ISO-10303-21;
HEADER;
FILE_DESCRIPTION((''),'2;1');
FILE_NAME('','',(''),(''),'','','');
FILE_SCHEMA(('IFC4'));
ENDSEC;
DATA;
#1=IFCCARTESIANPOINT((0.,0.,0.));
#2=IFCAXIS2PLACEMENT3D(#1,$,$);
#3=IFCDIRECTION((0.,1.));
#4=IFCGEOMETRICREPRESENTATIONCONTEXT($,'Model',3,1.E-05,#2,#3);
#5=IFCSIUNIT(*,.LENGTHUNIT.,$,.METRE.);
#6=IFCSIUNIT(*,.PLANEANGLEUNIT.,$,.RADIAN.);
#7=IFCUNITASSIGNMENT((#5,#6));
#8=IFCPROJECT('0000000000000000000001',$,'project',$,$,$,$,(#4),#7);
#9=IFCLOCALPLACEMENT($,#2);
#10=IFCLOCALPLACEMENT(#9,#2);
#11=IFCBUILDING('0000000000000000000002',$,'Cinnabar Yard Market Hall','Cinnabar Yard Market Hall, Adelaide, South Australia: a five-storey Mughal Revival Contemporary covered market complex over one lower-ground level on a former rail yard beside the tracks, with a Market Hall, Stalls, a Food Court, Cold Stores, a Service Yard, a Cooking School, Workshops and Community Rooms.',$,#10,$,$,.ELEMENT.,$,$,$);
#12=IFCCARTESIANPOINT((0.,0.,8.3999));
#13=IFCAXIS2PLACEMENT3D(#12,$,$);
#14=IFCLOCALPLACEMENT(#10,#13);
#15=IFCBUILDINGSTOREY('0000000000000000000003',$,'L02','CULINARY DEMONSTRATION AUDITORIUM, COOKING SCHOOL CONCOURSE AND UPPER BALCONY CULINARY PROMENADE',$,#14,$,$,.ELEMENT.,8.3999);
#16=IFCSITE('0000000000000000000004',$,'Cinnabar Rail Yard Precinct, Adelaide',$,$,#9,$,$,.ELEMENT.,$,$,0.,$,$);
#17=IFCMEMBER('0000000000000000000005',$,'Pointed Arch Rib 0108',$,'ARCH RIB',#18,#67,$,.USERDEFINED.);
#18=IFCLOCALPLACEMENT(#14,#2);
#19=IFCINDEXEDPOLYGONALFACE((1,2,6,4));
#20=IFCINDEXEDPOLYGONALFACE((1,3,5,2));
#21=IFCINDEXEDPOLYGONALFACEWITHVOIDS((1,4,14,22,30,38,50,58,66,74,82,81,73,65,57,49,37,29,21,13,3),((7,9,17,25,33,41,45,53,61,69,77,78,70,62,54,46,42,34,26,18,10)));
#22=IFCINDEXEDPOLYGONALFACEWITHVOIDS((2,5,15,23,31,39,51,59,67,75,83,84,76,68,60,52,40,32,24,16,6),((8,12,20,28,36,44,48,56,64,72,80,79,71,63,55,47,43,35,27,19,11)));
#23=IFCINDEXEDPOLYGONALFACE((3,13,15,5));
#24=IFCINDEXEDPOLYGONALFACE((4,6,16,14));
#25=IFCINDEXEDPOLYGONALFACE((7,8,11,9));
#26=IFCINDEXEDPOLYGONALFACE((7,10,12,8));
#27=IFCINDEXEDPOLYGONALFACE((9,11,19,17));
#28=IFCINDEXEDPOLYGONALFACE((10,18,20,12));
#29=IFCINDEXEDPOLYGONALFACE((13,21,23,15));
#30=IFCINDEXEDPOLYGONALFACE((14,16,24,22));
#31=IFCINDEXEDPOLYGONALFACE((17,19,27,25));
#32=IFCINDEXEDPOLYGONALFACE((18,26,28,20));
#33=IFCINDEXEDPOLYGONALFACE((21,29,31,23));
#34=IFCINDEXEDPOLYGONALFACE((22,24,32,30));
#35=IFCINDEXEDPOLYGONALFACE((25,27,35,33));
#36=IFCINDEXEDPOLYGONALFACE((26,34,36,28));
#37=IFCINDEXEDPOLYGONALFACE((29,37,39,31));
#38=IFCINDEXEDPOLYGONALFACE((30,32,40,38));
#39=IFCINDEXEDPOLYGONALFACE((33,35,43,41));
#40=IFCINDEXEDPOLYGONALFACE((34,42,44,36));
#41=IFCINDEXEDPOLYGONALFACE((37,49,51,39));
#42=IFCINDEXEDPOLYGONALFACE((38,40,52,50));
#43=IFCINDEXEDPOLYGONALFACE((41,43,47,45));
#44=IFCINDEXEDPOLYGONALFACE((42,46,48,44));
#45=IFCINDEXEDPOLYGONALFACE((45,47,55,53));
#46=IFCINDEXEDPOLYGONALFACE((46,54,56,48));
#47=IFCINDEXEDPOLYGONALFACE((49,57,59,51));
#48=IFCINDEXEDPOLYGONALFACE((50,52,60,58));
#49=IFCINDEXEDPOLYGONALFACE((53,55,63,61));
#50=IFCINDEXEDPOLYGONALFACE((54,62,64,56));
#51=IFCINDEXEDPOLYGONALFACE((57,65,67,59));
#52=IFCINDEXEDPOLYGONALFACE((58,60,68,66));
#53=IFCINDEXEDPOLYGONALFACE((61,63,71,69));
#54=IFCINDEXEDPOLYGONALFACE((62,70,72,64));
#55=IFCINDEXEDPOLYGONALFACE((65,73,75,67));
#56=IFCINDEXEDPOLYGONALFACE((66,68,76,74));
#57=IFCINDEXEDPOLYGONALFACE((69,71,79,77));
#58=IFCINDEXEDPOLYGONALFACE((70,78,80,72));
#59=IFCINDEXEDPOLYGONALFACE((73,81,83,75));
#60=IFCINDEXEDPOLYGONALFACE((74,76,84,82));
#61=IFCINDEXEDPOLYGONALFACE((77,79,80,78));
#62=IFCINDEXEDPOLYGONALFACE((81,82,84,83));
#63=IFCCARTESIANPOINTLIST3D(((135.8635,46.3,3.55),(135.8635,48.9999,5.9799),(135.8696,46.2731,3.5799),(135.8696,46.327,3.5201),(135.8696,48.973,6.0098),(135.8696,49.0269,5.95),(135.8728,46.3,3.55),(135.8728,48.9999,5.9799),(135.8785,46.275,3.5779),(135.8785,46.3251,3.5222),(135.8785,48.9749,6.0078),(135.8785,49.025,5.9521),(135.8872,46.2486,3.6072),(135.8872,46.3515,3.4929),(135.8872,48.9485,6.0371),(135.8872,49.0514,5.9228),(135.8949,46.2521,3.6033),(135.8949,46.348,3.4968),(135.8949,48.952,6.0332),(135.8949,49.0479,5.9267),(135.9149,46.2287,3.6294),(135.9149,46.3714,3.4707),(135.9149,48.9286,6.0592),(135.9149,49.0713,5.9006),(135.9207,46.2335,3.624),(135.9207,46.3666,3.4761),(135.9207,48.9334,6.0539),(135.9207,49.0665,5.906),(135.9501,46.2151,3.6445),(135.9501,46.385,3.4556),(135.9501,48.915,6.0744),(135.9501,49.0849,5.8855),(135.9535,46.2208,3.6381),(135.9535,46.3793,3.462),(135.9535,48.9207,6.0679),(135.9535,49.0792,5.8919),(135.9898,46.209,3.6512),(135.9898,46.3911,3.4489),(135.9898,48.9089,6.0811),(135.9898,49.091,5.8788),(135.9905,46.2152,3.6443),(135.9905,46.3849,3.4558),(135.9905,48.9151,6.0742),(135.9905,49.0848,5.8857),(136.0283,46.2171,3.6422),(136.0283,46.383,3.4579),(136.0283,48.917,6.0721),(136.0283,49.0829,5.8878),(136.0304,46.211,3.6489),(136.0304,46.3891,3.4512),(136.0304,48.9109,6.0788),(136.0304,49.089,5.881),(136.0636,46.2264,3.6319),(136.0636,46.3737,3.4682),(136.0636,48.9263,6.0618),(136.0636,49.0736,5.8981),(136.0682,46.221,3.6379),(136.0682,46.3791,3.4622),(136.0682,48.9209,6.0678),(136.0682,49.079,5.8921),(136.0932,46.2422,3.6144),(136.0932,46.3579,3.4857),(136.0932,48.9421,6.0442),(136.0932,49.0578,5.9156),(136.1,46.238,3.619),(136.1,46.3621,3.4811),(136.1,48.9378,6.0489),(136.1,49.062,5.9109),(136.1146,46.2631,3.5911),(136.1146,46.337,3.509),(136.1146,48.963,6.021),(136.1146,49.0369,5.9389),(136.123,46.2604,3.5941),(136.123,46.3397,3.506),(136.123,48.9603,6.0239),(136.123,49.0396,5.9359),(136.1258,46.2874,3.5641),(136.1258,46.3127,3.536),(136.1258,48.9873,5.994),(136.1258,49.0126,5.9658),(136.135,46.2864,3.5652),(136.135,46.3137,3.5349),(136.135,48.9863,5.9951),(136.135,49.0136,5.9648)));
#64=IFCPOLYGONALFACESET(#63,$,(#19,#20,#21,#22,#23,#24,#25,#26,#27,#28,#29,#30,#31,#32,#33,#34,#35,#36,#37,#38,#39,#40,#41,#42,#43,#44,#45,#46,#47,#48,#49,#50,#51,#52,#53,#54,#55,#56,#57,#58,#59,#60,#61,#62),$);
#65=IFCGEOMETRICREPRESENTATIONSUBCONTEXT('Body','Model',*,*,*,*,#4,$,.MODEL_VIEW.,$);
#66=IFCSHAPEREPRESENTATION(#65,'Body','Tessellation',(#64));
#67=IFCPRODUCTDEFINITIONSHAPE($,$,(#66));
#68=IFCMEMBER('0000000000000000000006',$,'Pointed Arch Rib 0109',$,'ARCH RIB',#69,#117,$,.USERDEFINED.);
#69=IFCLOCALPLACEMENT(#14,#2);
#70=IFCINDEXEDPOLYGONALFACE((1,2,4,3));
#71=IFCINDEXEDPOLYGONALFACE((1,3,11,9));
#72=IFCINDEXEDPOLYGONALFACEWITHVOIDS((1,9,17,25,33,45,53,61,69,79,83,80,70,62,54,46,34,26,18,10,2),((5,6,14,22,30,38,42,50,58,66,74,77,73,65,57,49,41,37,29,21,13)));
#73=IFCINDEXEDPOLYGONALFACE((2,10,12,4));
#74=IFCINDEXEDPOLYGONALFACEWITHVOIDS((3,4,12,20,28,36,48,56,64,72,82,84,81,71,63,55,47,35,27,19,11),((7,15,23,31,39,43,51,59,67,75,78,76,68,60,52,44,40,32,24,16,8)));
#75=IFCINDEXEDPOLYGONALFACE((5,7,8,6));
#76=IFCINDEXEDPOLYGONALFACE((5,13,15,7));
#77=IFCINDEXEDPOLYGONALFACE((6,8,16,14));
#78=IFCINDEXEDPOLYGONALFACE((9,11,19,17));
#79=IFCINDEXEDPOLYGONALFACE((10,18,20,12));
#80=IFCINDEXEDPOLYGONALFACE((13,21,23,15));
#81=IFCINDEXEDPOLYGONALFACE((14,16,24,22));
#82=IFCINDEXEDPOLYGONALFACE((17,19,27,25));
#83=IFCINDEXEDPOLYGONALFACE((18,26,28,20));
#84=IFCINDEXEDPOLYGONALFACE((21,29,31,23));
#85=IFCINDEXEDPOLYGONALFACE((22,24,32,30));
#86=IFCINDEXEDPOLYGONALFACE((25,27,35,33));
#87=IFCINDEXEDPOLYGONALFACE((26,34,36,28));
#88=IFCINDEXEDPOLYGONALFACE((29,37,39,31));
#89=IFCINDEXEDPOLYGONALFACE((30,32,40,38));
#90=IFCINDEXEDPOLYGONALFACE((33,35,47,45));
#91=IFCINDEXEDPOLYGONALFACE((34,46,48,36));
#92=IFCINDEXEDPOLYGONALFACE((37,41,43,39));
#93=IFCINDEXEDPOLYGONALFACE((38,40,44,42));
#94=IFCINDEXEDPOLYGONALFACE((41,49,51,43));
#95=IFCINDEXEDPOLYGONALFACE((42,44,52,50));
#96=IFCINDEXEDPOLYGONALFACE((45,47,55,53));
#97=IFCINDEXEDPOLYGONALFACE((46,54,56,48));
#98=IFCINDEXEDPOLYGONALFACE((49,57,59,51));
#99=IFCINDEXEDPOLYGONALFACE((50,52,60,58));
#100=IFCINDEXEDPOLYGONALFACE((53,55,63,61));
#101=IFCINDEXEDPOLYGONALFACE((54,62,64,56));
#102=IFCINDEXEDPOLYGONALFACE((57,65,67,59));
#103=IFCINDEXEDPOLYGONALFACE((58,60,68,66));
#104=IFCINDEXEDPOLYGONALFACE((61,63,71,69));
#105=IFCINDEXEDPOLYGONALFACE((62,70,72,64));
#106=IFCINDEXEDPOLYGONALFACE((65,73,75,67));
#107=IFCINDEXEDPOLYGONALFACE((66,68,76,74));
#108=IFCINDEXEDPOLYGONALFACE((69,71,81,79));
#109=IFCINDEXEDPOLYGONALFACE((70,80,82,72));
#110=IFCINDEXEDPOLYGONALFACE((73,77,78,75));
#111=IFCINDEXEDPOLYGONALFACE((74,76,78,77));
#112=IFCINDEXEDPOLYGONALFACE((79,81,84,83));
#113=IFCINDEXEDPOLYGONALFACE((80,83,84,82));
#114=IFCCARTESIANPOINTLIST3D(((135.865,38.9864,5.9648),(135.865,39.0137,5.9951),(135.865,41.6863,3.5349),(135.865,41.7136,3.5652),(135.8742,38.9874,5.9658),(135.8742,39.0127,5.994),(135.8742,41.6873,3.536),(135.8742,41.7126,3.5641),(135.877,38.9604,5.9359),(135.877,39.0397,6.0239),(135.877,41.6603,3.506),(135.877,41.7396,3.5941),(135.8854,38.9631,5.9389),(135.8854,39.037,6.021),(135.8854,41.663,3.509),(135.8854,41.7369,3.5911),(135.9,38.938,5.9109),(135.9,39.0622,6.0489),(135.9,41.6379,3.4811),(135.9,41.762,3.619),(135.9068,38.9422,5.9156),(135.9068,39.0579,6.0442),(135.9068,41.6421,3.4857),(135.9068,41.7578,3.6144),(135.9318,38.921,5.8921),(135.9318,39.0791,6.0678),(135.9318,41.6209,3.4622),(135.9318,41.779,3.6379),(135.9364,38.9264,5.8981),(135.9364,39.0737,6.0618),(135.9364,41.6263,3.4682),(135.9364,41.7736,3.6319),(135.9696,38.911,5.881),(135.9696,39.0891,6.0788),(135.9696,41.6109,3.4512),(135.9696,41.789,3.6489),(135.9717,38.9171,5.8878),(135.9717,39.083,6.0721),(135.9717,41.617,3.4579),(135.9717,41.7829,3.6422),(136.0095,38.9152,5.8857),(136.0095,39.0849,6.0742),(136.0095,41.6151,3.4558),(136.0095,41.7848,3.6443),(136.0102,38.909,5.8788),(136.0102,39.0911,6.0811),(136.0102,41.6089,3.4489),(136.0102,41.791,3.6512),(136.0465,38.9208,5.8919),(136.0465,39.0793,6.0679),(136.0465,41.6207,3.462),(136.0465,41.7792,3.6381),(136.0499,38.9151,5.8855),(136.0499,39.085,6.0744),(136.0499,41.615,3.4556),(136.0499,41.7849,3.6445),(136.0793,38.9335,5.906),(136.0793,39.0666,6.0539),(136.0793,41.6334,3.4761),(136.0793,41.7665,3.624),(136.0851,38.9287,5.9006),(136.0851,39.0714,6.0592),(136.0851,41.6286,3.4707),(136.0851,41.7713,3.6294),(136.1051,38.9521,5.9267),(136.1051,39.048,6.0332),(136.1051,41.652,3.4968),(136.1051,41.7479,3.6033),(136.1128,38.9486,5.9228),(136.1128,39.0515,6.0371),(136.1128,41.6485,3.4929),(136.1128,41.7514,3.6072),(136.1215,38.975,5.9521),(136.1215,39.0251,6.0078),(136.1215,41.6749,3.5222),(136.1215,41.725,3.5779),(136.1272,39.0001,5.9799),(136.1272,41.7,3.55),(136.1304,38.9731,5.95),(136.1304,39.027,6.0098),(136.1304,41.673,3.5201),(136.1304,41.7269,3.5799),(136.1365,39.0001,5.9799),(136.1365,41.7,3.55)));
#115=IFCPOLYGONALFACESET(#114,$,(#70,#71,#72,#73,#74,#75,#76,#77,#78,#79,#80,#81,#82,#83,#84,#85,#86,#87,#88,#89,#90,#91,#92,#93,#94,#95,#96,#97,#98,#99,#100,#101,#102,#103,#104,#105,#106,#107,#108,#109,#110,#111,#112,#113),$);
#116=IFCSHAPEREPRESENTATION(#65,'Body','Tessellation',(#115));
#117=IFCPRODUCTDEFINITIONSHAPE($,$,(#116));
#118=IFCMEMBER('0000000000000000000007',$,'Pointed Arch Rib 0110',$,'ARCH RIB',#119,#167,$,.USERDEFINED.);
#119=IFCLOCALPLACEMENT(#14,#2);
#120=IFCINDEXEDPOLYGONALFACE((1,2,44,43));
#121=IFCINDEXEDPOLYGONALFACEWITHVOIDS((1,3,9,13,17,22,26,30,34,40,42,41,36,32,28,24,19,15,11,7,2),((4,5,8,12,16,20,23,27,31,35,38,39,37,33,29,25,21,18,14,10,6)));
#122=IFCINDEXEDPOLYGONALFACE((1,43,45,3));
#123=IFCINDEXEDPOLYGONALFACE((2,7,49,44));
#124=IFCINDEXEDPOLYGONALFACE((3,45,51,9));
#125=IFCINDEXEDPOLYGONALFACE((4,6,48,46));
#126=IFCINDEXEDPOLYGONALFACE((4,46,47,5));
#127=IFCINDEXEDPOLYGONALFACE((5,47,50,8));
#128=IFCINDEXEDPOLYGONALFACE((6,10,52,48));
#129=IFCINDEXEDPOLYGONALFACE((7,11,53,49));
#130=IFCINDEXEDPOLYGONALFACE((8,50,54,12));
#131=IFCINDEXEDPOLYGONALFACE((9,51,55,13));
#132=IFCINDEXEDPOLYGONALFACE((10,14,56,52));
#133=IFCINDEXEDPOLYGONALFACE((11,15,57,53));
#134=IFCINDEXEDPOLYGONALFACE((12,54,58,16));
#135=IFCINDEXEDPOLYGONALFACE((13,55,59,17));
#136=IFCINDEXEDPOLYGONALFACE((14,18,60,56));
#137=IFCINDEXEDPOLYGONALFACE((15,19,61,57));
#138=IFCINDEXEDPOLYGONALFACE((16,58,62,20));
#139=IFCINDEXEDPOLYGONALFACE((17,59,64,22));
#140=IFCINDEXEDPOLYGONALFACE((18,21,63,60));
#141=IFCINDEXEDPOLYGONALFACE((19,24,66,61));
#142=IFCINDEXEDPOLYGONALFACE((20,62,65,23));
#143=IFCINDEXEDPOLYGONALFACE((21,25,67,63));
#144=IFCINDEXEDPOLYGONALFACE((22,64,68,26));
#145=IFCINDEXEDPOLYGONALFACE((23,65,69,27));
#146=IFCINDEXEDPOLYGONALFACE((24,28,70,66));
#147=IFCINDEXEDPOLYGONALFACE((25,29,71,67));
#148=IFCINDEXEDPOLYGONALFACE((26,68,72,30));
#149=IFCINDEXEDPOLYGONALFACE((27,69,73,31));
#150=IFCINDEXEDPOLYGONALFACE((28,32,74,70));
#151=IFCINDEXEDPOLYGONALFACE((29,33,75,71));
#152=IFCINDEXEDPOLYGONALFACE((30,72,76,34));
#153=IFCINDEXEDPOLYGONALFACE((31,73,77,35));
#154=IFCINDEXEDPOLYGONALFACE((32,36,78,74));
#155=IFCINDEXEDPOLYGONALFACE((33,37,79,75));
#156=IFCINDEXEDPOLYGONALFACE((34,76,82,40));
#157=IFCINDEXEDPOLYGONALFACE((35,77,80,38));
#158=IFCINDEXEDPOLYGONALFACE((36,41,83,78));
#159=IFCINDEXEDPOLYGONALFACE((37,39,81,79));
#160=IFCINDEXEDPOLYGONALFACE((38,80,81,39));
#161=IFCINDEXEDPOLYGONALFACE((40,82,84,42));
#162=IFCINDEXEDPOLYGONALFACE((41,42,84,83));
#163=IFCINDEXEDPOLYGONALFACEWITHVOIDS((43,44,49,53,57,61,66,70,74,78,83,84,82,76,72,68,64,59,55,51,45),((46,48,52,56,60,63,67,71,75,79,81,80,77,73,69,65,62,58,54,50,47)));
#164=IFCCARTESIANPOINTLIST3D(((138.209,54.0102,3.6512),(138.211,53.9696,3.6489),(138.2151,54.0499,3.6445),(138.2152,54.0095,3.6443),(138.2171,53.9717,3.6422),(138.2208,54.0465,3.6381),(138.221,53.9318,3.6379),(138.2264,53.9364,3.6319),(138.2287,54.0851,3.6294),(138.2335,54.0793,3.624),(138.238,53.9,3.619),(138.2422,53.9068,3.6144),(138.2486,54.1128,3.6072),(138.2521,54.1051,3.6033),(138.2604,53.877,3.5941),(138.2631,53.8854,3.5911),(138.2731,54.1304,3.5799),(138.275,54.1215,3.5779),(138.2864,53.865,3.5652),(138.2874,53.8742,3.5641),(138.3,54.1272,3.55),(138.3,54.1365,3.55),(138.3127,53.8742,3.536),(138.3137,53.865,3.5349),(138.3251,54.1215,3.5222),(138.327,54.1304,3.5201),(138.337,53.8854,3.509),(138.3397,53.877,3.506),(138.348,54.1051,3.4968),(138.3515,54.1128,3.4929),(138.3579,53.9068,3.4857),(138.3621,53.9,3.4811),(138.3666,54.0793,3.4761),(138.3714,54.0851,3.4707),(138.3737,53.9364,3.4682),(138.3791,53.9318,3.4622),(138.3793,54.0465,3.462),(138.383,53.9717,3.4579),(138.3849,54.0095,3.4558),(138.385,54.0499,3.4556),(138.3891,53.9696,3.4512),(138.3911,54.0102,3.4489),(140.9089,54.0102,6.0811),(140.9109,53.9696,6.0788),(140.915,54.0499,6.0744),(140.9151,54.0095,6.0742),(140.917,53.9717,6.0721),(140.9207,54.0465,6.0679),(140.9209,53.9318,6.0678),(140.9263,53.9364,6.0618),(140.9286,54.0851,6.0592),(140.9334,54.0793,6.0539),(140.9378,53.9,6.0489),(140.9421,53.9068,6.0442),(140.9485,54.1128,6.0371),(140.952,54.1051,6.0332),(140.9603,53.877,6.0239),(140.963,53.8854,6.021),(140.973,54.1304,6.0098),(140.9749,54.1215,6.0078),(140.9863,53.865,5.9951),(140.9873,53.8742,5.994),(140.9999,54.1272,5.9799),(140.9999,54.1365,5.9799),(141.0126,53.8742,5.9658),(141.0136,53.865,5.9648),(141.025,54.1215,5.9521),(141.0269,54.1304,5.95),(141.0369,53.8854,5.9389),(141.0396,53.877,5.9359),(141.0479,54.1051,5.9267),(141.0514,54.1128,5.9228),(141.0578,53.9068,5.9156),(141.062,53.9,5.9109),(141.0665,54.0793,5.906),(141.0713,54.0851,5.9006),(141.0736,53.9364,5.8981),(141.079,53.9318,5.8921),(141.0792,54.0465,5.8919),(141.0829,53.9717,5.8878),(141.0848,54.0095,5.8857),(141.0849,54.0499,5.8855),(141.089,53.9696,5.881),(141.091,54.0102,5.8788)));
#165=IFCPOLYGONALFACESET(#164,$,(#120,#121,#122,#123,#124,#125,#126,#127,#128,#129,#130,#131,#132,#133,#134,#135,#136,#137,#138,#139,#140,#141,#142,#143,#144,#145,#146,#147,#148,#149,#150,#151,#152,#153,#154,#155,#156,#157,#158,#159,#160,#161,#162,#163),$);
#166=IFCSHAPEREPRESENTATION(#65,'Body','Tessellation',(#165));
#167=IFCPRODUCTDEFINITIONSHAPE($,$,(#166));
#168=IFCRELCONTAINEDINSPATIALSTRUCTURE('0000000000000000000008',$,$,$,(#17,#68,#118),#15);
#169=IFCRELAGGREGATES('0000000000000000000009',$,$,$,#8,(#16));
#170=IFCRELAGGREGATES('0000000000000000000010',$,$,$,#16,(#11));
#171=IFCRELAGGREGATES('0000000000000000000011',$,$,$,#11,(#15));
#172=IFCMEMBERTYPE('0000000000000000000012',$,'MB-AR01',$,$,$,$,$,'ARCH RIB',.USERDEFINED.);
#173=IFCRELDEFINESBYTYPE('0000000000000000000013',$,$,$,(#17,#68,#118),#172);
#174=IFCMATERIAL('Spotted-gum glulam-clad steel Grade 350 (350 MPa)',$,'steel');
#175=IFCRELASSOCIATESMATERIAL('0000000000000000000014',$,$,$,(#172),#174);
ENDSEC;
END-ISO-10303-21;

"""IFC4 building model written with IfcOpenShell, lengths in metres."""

from ifc_helpers import new_model, si_unit, direction, frame, origin, origin_2d_with_axis, place, context, subcontext, project, spatial, hollow_circle, extrude, material, material_profile, profile_set, type_object, element, save


model = new_model("IFC4")

# Units and contexts
model_context = context("Model", 3, precision=1e-05, world=origin(), true_north=direction((0.0, 1.0)))
body_context = subcontext(model_context, "Body", "Model", "MODEL_VIEW")
ifc_project = project(units=[si_unit("LENGTHUNIT", "METRE"), si_unit("PLANEANGLEUNIT", "RADIAN")], contexts=[model_context])

# Site, building, storey
site_placement = place(None, origin())
site = spatial("IfcSite", under=ifc_project, at=site_placement, Name="Cinnabar Rail Yard Precinct, Adelaide", CompositionType="ELEMENT", RefElevation=0.0)
building_placement = place(site_placement, origin())
building = spatial("IfcBuilding", under=site, at=building_placement, Name="Cinnabar Yard Market Hall", Description="Cinnabar Yard Market Hall, Adelaide, South Australia: a five-storey Mughal Revival Contemporary covered market complex over one lower-ground level on a former rail yard beside the tracks, with a Market Hall, Stalls, a Food Court, Cold Stores, a Service Yard, a Cooking School, Workshops and Community Rooms.", CompositionType="ELEMENT")
storey_placement = place(building_placement, frame((0.0, 0.0, 8.3999)))
storey = spatial("IfcBuildingStorey", under=building, at=storey_placement, Name="L02", Description="CULINARY DEMONSTRATION AUDITORIUM, COOKING SCHOOL CONCOURSE AND UPPER BALCONY CULINARY PROMENADE", CompositionType="ELEMENT", Elevation=8.3999)

# Shared definitions
ifc_material_1 = material(Name="Spotted-gum glulam-clad steel Grade 350 (350 MPa)", Category="steel")

# Members
ifc_material_profile_1 = material_profile(ifc_material_1, hollow_circle(Radius=0.1365, WallThickness=0.0093, at=origin_2d_with_axis()), Name="273.1x9.3CHS")
ifc_profile_set_1 = profile_set([ifc_material_profile_1], Name="Spotted-gum glulam-clad steel Grade 350 (350 MPa)")
member_type_1 = type_object("IfcMemberType", Name="MB-AR01", ElementType="ARCH RIB", PredefinedType="USERDEFINED", material=ifc_profile_set_1)
for number, where, z_axis, x_axis, name in (
    (1, (136.0, 46.3, 3.55), (0.0, 0.743297, 0.668961), (-1.0, 0.0, 0.0), "Pointed Arch Rib 0108"),
    (2, (136.0, 41.7, 3.55), (0.0, -0.743297, 0.668961), (1.0, 0.0, 0.0), "Pointed Arch Rib 0109"),
    (3, (138.3, 54.0, 3.55), (0.743297, 0.0, 0.668961), (0.0, 1.0, 0.0), "Pointed Arch Rib 0110"),
):
    element("IfcMember", number, at=place(storey_placement, frame(where, z_axis=z_axis, x_axis=x_axis)), inside=storey, type_object=member_type_1, Name=name, ObjectType="ARCH RIB", PredefinedType="USERDEFINED", context=body_context, shape_type="SweptSolid", body=[
        extrude(hollow_circle(Radius=0.1365, WallThickness=0.0093, at=origin_2d_with_axis()), origin(), (0.0, 0.0, 1.0), 3.6323),
    ])

save(model, "model.ifc")
